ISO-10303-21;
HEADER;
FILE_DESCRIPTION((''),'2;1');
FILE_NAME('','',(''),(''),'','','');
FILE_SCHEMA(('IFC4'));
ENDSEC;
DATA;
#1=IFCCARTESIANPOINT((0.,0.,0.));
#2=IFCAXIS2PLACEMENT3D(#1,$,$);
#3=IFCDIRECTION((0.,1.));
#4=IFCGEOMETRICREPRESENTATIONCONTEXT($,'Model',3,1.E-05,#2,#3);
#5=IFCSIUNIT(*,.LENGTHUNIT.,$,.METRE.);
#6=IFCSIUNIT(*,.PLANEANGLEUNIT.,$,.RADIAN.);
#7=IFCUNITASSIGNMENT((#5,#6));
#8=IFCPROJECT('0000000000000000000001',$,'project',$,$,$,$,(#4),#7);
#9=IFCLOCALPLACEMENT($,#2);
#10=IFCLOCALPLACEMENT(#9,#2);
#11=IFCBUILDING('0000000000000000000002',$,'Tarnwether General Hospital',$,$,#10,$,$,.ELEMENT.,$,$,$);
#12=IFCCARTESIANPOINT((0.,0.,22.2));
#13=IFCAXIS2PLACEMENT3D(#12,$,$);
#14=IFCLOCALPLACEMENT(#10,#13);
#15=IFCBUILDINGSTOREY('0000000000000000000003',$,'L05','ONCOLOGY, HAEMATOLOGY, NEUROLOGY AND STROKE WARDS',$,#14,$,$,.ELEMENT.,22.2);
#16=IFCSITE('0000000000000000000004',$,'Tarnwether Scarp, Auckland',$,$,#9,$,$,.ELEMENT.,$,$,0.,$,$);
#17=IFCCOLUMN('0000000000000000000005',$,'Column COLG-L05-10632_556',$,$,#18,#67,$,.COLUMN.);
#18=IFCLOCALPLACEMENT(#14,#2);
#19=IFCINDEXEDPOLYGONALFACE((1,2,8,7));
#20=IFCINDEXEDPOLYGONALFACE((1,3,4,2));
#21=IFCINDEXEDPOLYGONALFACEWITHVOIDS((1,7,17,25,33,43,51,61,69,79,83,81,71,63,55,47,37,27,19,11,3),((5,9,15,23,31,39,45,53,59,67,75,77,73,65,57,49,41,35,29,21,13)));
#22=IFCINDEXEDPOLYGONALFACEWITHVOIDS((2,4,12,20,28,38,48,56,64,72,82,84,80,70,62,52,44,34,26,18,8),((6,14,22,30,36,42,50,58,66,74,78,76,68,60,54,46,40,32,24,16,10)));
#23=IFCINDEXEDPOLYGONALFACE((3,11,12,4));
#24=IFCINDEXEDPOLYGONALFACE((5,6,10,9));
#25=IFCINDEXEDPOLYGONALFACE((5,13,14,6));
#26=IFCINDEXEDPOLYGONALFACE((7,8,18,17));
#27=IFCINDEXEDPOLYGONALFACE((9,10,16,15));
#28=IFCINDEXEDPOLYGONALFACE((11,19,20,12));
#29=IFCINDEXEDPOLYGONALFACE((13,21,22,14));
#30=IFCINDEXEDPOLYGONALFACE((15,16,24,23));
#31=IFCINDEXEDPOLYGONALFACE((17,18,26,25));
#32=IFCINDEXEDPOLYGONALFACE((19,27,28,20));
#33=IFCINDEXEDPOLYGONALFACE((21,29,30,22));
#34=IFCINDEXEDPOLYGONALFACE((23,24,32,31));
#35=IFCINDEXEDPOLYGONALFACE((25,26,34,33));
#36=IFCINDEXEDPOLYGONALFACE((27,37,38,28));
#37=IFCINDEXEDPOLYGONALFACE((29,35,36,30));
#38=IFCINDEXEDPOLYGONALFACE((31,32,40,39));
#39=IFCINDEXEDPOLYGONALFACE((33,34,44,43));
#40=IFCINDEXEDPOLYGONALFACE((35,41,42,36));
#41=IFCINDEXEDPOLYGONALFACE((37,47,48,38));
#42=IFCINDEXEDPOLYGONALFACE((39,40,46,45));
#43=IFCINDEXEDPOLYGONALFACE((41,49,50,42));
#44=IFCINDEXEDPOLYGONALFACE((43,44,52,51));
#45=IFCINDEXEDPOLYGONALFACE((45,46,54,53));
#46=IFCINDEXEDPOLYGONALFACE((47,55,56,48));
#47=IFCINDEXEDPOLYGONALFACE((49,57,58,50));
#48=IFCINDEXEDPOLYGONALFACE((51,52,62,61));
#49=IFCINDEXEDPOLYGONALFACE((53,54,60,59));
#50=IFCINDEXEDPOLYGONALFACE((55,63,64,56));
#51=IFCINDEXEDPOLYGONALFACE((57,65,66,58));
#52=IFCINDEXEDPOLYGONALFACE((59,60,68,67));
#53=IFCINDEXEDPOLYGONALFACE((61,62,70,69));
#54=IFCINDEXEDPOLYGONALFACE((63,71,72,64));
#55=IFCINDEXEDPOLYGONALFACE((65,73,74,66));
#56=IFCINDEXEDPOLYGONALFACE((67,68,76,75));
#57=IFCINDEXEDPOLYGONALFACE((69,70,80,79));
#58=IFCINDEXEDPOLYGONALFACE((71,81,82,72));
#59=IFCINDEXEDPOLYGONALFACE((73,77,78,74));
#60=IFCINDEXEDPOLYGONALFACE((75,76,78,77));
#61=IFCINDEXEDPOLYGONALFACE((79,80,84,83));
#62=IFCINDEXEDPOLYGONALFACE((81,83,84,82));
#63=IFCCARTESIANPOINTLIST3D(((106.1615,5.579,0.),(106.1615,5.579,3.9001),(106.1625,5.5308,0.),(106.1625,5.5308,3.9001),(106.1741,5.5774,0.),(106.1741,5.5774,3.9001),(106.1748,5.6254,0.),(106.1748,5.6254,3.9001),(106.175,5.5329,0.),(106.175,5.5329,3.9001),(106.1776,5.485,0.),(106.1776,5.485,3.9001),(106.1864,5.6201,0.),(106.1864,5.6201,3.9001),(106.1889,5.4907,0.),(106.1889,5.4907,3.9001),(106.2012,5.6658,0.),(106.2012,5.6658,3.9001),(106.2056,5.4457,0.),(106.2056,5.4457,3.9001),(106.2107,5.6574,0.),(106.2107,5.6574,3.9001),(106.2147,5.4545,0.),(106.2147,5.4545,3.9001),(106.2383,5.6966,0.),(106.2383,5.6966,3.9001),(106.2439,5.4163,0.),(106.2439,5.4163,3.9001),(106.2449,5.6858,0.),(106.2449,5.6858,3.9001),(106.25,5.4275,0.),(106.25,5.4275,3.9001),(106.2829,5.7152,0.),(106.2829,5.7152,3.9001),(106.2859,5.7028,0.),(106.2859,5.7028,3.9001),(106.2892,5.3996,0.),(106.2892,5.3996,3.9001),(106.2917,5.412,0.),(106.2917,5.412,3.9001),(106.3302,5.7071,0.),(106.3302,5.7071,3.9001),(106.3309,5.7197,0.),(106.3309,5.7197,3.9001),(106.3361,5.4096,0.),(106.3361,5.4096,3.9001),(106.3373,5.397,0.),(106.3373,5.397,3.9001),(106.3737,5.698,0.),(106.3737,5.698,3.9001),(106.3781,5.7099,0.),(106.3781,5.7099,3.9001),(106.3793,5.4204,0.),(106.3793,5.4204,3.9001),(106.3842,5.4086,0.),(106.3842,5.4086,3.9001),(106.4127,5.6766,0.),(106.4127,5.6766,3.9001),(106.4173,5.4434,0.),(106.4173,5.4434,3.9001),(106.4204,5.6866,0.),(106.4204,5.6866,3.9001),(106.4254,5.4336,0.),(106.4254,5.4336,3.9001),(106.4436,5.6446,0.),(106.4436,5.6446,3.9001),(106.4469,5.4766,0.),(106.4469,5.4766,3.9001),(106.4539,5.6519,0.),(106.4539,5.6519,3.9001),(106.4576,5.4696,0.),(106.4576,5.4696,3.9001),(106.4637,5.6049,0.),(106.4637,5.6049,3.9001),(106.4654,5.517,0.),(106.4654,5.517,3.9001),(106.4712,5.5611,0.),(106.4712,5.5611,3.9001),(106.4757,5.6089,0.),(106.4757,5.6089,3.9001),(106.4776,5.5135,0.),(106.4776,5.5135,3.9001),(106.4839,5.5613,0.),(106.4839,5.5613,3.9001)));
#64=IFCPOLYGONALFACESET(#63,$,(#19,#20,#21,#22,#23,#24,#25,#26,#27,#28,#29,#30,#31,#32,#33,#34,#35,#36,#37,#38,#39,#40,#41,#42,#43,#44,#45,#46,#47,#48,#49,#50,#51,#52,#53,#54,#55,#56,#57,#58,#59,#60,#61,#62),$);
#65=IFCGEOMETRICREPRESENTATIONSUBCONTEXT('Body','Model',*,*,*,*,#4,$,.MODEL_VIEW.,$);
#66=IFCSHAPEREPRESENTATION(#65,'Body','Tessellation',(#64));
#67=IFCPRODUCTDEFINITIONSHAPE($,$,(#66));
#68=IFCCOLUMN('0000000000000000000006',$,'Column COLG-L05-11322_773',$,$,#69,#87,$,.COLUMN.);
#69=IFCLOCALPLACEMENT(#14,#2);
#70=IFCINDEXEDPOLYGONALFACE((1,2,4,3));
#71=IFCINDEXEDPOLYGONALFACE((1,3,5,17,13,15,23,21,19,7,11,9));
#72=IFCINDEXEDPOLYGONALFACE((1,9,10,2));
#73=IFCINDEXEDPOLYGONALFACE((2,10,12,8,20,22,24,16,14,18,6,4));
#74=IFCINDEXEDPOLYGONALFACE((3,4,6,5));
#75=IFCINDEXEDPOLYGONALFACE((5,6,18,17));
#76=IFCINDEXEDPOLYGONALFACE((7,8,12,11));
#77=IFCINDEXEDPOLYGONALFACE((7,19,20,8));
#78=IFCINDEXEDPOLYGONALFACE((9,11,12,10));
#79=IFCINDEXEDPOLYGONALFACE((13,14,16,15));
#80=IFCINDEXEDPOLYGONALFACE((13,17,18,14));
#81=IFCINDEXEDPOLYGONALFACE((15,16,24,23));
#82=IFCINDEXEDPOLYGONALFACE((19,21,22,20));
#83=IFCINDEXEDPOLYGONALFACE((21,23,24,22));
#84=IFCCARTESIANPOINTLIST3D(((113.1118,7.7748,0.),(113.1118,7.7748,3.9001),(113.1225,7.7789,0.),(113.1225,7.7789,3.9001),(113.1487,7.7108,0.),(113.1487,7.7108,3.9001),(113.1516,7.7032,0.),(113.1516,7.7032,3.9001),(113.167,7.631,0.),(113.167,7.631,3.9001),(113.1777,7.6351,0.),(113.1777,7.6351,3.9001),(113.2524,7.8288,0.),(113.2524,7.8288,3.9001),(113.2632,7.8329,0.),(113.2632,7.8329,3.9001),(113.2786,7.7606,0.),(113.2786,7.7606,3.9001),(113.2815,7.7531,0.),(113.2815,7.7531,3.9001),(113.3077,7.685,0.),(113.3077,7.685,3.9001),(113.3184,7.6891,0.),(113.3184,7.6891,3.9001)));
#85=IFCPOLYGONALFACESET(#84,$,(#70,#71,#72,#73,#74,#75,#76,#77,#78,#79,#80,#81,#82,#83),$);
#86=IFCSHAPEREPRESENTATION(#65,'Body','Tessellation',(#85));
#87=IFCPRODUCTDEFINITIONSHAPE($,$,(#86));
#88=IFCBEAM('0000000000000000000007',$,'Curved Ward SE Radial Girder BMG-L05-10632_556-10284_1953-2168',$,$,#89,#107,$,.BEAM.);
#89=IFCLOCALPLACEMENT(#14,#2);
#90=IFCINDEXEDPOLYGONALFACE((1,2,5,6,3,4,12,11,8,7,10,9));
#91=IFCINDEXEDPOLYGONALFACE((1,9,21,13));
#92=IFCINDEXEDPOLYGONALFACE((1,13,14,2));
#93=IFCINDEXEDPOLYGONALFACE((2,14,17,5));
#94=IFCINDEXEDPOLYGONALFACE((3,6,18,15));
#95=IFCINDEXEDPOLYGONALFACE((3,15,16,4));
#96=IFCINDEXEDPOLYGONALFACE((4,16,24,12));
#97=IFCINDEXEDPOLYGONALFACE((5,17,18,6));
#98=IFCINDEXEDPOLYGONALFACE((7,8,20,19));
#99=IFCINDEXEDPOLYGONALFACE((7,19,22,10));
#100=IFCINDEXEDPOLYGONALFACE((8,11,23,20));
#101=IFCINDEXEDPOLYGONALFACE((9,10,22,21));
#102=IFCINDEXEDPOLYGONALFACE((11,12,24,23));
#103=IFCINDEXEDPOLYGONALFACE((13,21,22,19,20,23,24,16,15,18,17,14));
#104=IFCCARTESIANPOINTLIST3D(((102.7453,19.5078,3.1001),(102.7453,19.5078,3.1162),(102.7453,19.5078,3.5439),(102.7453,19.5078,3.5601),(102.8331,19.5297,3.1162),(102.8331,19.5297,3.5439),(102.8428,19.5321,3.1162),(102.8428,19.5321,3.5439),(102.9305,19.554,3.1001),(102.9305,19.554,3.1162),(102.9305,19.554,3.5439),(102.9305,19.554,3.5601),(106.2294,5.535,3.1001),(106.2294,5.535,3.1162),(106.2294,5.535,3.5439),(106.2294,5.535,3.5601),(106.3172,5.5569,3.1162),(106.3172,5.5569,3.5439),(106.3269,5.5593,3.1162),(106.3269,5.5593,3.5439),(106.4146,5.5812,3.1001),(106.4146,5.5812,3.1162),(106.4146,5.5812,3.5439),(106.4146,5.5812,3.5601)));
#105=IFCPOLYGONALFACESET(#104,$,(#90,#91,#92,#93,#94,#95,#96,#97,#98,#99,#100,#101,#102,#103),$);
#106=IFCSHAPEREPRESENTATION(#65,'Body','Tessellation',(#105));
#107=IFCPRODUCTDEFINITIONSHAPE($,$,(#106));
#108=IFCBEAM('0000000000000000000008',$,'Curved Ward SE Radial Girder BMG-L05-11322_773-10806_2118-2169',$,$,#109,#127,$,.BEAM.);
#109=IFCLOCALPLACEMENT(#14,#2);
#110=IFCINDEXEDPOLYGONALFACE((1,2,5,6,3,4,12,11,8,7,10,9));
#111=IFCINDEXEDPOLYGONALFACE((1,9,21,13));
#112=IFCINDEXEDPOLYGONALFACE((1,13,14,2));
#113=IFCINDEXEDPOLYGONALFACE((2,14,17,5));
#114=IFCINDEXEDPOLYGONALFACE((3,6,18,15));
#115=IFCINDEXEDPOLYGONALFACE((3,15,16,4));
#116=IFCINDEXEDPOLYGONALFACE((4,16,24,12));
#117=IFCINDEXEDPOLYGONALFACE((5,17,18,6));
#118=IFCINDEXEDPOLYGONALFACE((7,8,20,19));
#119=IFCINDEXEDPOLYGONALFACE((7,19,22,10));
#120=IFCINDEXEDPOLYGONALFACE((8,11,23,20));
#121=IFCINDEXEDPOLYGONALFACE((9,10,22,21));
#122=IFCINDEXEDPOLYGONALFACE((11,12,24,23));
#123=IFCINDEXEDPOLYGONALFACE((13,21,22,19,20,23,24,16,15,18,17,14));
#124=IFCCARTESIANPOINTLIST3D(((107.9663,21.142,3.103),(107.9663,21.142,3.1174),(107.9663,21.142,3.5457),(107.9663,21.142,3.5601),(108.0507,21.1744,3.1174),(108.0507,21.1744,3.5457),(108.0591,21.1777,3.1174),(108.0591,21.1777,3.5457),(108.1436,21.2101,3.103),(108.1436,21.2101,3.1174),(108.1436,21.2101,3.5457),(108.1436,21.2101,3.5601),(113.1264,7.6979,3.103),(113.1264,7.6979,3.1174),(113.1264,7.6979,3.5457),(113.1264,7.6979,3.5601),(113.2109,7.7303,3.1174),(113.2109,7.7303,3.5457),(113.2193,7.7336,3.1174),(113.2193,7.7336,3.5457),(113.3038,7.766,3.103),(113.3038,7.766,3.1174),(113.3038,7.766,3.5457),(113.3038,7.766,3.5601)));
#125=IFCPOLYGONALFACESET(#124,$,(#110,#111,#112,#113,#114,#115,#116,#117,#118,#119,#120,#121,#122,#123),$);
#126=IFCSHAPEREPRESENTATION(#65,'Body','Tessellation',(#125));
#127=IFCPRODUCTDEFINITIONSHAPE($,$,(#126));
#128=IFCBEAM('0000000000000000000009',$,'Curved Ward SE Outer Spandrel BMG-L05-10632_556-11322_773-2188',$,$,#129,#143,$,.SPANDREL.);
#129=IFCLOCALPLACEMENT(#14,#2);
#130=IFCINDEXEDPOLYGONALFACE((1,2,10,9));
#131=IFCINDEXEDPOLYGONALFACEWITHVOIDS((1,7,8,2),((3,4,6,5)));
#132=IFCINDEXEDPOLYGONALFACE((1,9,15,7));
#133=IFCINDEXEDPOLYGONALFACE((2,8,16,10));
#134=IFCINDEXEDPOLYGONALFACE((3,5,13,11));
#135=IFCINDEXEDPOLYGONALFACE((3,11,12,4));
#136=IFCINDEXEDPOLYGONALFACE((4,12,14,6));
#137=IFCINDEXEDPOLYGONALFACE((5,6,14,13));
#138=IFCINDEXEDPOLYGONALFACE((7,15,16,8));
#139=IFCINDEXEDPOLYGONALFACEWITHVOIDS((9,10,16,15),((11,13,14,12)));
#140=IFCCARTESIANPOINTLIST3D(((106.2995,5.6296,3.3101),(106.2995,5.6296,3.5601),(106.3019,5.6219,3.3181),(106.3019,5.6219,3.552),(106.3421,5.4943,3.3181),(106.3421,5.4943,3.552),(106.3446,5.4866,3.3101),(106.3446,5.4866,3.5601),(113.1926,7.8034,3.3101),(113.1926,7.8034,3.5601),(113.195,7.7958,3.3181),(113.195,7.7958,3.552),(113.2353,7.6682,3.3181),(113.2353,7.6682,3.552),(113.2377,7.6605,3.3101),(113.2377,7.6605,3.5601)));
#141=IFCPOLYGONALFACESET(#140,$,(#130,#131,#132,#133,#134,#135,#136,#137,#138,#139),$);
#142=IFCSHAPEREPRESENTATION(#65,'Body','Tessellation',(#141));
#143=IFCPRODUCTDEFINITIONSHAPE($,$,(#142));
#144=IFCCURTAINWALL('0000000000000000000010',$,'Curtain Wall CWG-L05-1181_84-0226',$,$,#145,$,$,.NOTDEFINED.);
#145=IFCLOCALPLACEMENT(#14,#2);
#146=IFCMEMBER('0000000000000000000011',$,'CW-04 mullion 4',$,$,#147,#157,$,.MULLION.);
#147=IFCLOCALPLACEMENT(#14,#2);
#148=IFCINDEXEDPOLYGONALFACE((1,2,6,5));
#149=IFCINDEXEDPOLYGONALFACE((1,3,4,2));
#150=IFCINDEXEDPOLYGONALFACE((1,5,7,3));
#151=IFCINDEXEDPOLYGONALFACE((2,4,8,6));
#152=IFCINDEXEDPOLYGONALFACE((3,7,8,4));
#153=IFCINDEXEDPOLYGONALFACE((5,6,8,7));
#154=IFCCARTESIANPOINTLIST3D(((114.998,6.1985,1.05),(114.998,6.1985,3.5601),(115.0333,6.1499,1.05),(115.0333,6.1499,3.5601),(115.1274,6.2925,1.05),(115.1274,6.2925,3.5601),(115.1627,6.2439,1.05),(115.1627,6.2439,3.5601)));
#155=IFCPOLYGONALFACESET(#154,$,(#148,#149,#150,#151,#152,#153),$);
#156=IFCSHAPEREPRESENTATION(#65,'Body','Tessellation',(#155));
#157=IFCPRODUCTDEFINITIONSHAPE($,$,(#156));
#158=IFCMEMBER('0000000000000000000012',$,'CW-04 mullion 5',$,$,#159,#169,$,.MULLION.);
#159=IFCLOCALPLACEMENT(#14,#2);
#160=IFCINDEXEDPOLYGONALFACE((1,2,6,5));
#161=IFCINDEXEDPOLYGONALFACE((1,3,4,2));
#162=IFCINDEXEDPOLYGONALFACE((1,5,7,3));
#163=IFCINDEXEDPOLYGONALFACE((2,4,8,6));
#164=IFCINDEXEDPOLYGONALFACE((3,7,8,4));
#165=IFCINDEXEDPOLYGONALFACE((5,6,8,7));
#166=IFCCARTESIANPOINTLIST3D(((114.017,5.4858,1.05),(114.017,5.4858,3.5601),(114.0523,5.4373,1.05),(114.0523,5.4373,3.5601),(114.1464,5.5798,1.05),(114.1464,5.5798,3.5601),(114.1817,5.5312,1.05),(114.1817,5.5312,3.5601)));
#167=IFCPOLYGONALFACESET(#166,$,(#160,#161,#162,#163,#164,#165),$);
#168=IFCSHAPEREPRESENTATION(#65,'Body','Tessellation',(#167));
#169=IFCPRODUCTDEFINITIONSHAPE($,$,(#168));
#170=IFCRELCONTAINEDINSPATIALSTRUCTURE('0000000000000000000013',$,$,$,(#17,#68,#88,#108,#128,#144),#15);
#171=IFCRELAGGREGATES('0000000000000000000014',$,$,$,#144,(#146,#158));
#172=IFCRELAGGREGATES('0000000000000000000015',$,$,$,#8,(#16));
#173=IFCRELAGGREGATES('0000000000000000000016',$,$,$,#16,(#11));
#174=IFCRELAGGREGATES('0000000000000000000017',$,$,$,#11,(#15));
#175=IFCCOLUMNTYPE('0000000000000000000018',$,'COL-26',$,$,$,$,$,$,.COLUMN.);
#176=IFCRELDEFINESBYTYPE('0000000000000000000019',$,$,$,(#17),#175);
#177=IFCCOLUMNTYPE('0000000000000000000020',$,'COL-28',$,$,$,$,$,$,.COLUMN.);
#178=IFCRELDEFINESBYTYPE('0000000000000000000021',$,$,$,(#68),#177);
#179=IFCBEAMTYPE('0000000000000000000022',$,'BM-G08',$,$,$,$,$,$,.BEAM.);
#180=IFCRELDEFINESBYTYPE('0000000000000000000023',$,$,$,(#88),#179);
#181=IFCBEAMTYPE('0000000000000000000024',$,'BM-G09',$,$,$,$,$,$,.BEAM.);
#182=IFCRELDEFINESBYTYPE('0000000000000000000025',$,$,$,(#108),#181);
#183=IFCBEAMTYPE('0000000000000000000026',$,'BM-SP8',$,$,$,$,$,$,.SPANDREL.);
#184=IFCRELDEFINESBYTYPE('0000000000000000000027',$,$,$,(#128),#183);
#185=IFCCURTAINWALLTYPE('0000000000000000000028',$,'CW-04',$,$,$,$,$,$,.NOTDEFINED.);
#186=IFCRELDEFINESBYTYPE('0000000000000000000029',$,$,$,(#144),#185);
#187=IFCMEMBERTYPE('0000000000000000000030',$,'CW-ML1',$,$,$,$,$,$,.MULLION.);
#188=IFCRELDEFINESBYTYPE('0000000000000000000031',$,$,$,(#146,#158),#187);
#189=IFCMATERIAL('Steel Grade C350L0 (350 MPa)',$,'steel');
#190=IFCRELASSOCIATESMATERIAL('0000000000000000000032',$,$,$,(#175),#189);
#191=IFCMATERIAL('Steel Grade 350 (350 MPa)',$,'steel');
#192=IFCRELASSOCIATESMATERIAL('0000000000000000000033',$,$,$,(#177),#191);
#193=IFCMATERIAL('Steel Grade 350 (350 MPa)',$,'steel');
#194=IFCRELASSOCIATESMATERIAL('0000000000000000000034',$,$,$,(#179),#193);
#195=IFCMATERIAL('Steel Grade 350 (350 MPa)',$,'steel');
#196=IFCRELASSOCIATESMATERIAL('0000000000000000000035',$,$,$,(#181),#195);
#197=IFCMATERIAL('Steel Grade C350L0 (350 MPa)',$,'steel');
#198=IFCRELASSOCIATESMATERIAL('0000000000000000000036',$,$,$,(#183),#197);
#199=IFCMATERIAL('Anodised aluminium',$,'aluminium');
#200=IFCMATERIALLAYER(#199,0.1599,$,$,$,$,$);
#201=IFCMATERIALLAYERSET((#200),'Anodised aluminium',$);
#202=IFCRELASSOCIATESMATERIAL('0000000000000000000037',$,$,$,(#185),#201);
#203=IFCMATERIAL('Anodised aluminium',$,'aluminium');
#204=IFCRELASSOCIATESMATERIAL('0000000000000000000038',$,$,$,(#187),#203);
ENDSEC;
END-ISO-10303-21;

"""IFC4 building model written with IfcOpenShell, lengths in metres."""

from ifc_helpers import new_model, si_unit, direction, frame, origin, origin_2d, place, context, subcontext, project, spatial, rectangle, hollow_rectangle, hollow_circle, i_section, extrude, material, layer, layer_set, material_profile, profile_set, type_object, element, aggregate, save


model = new_model("IFC4")

# Units and contexts
model_context = context("Model", 3, precision=1e-05, world=origin(), true_north=direction((0.0, 1.0)))
body_context = subcontext(model_context, "Body", "Model", "MODEL_VIEW")
ifc_project = project(units=[si_unit("LENGTHUNIT", "METRE"), si_unit("PLANEANGLEUNIT", "RADIAN")], contexts=[model_context])

# Site, building, storey
site_placement = place(None, origin())
site = spatial("IfcSite", under=ifc_project, at=site_placement, Name="Tarnwether Scarp, Auckland", CompositionType="ELEMENT", RefElevation=0.0)
building_placement = place(site_placement, origin())
building = spatial("IfcBuilding", under=site, at=building_placement, Name="Tarnwether General Hospital", CompositionType="ELEMENT")
storey_placement = place(building_placement, frame((0.0, 0.0, 22.2)))
storey = spatial("IfcBuildingStorey", under=building, at=storey_placement, Name="L05", Description="ONCOLOGY, HAEMATOLOGY, NEUROLOGY AND STROKE WARDS", CompositionType="ELEMENT", Elevation=22.2)

# Columns
ifc_material_1 = material(Name="Steel Grade C350L0 (350 MPa)", Category="steel")
ifc_material_profile_1 = material_profile(ifc_material_1, hollow_circle(Radius=0.1619, WallThickness=0.0127, at=origin_2d()), Name="CHS323.9x12.7")
ifc_profile_set_1 = profile_set([ifc_material_profile_1], Name="Steel Grade C350L0 (350 MPa)")
column_type_1 = type_object("IfcColumnType", Name="COL-26", PredefinedType="COLUMN", material=ifc_profile_set_1)
column_1_placement = place(storey_placement, frame((106.322, 5.5581, 0.0), z_axis=(0.0, 0.0, 1.0), x_axis=(-0.241922, 0.970296, 0.0)))
element("IfcColumn", 1, at=column_1_placement, inside=storey, type_object=column_type_1, Name="Column COLG-L05-10632_556", PredefinedType="COLUMN", context=body_context, shape_type="SweptSolid", body=[
    extrude(hollow_circle(Radius=0.1619, WallThickness=0.0127, at=origin_2d()), origin(), (0.0, 0.0, 1.0), 3.9001),
])
ifc_material_2 = material(Name="Steel Grade 350 (350 MPa)", Category="steel")
ifc_material_profile_2 = material_profile(ifc_material_2, i_section(OverallWidth=0.1541, OverallDepth=0.1621, WebThickness=0.0081, FlangeThickness=0.0115, at=origin_2d()), Name="150UC37.2")
ifc_profile_set_2 = profile_set([ifc_material_profile_2], Name="Steel Grade 350 (350 MPa)")
column_type_2 = type_object("IfcColumnType", Name="COL-28", PredefinedType="COLUMN", material=ifc_profile_set_2)
column_2_placement = place(storey_placement, frame((113.2151, 7.7319, 0.0), z_axis=(0.0, 0.0, 1.0), x_axis=(-0.358368, 0.93358, 0.0)))
element("IfcColumn", 2, at=column_2_placement, inside=storey, type_object=column_type_2, Name="Column COLG-L05-11322_773", PredefinedType="COLUMN", context=body_context, shape_type="SweptSolid", body=[
    extrude(i_section(OverallWidth=0.1541, OverallDepth=0.1621, WebThickness=0.0081, FlangeThickness=0.0115, at=origin_2d()), origin(), (0.0, 0.0, 1.0), 3.9001),
])

# Beams
ifc_material_3 = material(Name="Steel Grade 350 (350 MPa)", Category="steel")
ifc_material_profile_3 = material_profile(ifc_material_3, i_section(OverallWidth=0.1909, OverallDepth=0.46, WebThickness=0.01, FlangeThickness=0.0161, at=origin_2d()), Name="460UB82.1")
ifc_profile_set_3 = profile_set([ifc_material_profile_3], Name="Steel Grade 350 (350 MPa)")
beam_type_1 = type_object("IfcBeamType", Name="BM-G08", PredefinedType="BEAM", material=ifc_profile_set_3)
beam_1_placement = place(storey_placement, frame((106.322, 5.5581, 3.3301), z_axis=(-0.241941, 0.970291, 0.0), x_axis=(-0.970291, -0.241941, 0.0)))
element("IfcBeam", 3, at=beam_1_placement, inside=storey, type_object=beam_type_1, Name="Curved Ward SE Radial Girder BMG-L05-10632_556-10284_1953-2168", PredefinedType="BEAM", context=body_context, shape_type="SweptSolid", body=[
    extrude(i_section(OverallWidth=0.1909, OverallDepth=0.46, WebThickness=0.01, FlangeThickness=0.0161, at=origin_2d()), origin(), (0.0, 0.0, 1.0), 14.4006),
])
ifc_material_4 = material(Name="Steel Grade 350 (350 MPa)", Category="steel")
ifc_material_profile_4 = material_profile(ifc_material_4, i_section(OverallWidth=0.1899, OverallDepth=0.457, WebThickness=0.009, FlangeThickness=0.0144, at=origin_2d()), Name="460UB74.6")
ifc_profile_set_4 = profile_set([ifc_material_profile_4], Name="Steel Grade 350 (350 MPa)")
beam_type_2 = type_object("IfcBeamType", Name="BM-G09", PredefinedType="BEAM", material=ifc_profile_set_4)
beam_2_placement = place(storey_placement, frame((113.2151, 7.7319, 3.3315), z_axis=(-0.358335, 0.933593, 0.0), x_axis=(-0.933593, -0.358335, 0.0)))
element("IfcBeam", 4, at=beam_2_placement, inside=storey, type_object=beam_type_2, Name="Curved Ward SE Radial Girder BMG-L05-11322_773-10806_2118-2169", PredefinedType="BEAM", context=body_context, shape_type="SweptSolid", body=[
    extrude(i_section(OverallWidth=0.1899, OverallDepth=0.457, WebThickness=0.009, FlangeThickness=0.0144, at=origin_2d()), origin(), (0.0, 0.0, 1.0), 14.4004),
])
ifc_material_5 = material(Name="Steel Grade C350L0 (350 MPa)", Category="steel")
ifc_material_profile_5 = material_profile(ifc_material_5, hollow_rectangle(XDim=0.1499, YDim=0.25, WallThickness=0.0081, at=origin_2d()), Name="RHS250x150x8")
ifc_profile_set_5 = profile_set([ifc_material_profile_5], Name="Steel Grade C350L0 (350 MPa)")
beam_type_3 = type_object("IfcBeamType", Name="BM-SP8", PredefinedType="SPANDREL", material=ifc_profile_set_5)
beam_3_placement = place(storey_placement, frame((106.322, 5.5581, 3.4351), z_axis=(0.953699, 0.300763, 0.0), x_axis=(-0.300763, 0.953699, 0.0)))
element("IfcBeam", 5, at=beam_3_placement, inside=storey, type_object=beam_type_3, Name="Curved Ward SE Outer Spandrel BMG-L05-10632_556-11322_773-2188", PredefinedType="SPANDREL", context=body_context, shape_type="SweptSolid", body=[
    extrude(hollow_rectangle(XDim=0.1499, YDim=0.25, WallThickness=0.0081, at=origin_2d()), origin(), (0.0, 0.0, 1.0), 7.2278),
])

# Curtain wall, members
ifc_material_6 = material(Name="Anodised aluminium", Category="aluminium")
ifc_layer_1 = layer(ifc_material_6, 0.1599)
ifc_layer_set_1 = layer_set([ifc_layer_1], Name="Anodised aluminium")
curtain_wall_type_1 = type_object("IfcCurtainWallType", Name="CW-04", PredefinedType="NOTDEFINED", material=ifc_layer_set_1)
curtain_wall_1_placement = place(storey_placement, origin())
curtain_wall_1 = element("IfcCurtainWall", 6, at=curtain_wall_1_placement, inside=storey, type_object=curtain_wall_type_1, Name="Curtain Wall CWG-L05-1181_84-0226", PredefinedType="NOTDEFINED")
ifc_material_7 = material(Name="Anodised aluminium", Category="aluminium")
ifc_material_profile_6 = material_profile(ifc_material_7, rectangle(XDim=0.0601, YDim=0.1599, at=origin_2d()), Name="ALU-MUL-60x160")
ifc_profile_set_6 = profile_set([ifc_material_profile_6], Name="Anodised aluminium")
member_type_1 = type_object("IfcMemberType", Name="CW-ML1", PredefinedType="MULLION", material=ifc_profile_set_6)
member_1_placement = place(storey_placement, frame((115.0803, 6.2212, 1.05), z_axis=(0.0, 0.0, 1.0), x_axis=(0.587729, -0.809058, 0.0)))
member_1 = element("IfcMember", 7, at=member_1_placement, type_object=member_type_1, Name="CW-04 mullion 4", PredefinedType="MULLION", context=body_context, shape_type="SweptSolid", body=[
    extrude(rectangle(XDim=0.0601, YDim=0.1599, at=origin_2d()), origin(), (0.0, 0.0, 1.0), 2.51),
])
member_2_placement = place(storey_placement, frame((114.0994, 5.5085, 1.05), z_axis=(0.0, 0.0, 1.0), x_axis=(0.587729, -0.809058, 0.0)))
member_2 = element("IfcMember", 8, at=member_2_placement, type_object=member_type_1, Name="CW-04 mullion 5", PredefinedType="MULLION", context=body_context, shape_type="SweptSolid", body=[
    extrude(rectangle(XDim=0.0601, YDim=0.1599, at=origin_2d()), origin(), (0.0, 0.0, 1.0), 2.51),
])

aggregate(curtain_wall_1, [member_1, member_2])

save(model, "model.ifc")
